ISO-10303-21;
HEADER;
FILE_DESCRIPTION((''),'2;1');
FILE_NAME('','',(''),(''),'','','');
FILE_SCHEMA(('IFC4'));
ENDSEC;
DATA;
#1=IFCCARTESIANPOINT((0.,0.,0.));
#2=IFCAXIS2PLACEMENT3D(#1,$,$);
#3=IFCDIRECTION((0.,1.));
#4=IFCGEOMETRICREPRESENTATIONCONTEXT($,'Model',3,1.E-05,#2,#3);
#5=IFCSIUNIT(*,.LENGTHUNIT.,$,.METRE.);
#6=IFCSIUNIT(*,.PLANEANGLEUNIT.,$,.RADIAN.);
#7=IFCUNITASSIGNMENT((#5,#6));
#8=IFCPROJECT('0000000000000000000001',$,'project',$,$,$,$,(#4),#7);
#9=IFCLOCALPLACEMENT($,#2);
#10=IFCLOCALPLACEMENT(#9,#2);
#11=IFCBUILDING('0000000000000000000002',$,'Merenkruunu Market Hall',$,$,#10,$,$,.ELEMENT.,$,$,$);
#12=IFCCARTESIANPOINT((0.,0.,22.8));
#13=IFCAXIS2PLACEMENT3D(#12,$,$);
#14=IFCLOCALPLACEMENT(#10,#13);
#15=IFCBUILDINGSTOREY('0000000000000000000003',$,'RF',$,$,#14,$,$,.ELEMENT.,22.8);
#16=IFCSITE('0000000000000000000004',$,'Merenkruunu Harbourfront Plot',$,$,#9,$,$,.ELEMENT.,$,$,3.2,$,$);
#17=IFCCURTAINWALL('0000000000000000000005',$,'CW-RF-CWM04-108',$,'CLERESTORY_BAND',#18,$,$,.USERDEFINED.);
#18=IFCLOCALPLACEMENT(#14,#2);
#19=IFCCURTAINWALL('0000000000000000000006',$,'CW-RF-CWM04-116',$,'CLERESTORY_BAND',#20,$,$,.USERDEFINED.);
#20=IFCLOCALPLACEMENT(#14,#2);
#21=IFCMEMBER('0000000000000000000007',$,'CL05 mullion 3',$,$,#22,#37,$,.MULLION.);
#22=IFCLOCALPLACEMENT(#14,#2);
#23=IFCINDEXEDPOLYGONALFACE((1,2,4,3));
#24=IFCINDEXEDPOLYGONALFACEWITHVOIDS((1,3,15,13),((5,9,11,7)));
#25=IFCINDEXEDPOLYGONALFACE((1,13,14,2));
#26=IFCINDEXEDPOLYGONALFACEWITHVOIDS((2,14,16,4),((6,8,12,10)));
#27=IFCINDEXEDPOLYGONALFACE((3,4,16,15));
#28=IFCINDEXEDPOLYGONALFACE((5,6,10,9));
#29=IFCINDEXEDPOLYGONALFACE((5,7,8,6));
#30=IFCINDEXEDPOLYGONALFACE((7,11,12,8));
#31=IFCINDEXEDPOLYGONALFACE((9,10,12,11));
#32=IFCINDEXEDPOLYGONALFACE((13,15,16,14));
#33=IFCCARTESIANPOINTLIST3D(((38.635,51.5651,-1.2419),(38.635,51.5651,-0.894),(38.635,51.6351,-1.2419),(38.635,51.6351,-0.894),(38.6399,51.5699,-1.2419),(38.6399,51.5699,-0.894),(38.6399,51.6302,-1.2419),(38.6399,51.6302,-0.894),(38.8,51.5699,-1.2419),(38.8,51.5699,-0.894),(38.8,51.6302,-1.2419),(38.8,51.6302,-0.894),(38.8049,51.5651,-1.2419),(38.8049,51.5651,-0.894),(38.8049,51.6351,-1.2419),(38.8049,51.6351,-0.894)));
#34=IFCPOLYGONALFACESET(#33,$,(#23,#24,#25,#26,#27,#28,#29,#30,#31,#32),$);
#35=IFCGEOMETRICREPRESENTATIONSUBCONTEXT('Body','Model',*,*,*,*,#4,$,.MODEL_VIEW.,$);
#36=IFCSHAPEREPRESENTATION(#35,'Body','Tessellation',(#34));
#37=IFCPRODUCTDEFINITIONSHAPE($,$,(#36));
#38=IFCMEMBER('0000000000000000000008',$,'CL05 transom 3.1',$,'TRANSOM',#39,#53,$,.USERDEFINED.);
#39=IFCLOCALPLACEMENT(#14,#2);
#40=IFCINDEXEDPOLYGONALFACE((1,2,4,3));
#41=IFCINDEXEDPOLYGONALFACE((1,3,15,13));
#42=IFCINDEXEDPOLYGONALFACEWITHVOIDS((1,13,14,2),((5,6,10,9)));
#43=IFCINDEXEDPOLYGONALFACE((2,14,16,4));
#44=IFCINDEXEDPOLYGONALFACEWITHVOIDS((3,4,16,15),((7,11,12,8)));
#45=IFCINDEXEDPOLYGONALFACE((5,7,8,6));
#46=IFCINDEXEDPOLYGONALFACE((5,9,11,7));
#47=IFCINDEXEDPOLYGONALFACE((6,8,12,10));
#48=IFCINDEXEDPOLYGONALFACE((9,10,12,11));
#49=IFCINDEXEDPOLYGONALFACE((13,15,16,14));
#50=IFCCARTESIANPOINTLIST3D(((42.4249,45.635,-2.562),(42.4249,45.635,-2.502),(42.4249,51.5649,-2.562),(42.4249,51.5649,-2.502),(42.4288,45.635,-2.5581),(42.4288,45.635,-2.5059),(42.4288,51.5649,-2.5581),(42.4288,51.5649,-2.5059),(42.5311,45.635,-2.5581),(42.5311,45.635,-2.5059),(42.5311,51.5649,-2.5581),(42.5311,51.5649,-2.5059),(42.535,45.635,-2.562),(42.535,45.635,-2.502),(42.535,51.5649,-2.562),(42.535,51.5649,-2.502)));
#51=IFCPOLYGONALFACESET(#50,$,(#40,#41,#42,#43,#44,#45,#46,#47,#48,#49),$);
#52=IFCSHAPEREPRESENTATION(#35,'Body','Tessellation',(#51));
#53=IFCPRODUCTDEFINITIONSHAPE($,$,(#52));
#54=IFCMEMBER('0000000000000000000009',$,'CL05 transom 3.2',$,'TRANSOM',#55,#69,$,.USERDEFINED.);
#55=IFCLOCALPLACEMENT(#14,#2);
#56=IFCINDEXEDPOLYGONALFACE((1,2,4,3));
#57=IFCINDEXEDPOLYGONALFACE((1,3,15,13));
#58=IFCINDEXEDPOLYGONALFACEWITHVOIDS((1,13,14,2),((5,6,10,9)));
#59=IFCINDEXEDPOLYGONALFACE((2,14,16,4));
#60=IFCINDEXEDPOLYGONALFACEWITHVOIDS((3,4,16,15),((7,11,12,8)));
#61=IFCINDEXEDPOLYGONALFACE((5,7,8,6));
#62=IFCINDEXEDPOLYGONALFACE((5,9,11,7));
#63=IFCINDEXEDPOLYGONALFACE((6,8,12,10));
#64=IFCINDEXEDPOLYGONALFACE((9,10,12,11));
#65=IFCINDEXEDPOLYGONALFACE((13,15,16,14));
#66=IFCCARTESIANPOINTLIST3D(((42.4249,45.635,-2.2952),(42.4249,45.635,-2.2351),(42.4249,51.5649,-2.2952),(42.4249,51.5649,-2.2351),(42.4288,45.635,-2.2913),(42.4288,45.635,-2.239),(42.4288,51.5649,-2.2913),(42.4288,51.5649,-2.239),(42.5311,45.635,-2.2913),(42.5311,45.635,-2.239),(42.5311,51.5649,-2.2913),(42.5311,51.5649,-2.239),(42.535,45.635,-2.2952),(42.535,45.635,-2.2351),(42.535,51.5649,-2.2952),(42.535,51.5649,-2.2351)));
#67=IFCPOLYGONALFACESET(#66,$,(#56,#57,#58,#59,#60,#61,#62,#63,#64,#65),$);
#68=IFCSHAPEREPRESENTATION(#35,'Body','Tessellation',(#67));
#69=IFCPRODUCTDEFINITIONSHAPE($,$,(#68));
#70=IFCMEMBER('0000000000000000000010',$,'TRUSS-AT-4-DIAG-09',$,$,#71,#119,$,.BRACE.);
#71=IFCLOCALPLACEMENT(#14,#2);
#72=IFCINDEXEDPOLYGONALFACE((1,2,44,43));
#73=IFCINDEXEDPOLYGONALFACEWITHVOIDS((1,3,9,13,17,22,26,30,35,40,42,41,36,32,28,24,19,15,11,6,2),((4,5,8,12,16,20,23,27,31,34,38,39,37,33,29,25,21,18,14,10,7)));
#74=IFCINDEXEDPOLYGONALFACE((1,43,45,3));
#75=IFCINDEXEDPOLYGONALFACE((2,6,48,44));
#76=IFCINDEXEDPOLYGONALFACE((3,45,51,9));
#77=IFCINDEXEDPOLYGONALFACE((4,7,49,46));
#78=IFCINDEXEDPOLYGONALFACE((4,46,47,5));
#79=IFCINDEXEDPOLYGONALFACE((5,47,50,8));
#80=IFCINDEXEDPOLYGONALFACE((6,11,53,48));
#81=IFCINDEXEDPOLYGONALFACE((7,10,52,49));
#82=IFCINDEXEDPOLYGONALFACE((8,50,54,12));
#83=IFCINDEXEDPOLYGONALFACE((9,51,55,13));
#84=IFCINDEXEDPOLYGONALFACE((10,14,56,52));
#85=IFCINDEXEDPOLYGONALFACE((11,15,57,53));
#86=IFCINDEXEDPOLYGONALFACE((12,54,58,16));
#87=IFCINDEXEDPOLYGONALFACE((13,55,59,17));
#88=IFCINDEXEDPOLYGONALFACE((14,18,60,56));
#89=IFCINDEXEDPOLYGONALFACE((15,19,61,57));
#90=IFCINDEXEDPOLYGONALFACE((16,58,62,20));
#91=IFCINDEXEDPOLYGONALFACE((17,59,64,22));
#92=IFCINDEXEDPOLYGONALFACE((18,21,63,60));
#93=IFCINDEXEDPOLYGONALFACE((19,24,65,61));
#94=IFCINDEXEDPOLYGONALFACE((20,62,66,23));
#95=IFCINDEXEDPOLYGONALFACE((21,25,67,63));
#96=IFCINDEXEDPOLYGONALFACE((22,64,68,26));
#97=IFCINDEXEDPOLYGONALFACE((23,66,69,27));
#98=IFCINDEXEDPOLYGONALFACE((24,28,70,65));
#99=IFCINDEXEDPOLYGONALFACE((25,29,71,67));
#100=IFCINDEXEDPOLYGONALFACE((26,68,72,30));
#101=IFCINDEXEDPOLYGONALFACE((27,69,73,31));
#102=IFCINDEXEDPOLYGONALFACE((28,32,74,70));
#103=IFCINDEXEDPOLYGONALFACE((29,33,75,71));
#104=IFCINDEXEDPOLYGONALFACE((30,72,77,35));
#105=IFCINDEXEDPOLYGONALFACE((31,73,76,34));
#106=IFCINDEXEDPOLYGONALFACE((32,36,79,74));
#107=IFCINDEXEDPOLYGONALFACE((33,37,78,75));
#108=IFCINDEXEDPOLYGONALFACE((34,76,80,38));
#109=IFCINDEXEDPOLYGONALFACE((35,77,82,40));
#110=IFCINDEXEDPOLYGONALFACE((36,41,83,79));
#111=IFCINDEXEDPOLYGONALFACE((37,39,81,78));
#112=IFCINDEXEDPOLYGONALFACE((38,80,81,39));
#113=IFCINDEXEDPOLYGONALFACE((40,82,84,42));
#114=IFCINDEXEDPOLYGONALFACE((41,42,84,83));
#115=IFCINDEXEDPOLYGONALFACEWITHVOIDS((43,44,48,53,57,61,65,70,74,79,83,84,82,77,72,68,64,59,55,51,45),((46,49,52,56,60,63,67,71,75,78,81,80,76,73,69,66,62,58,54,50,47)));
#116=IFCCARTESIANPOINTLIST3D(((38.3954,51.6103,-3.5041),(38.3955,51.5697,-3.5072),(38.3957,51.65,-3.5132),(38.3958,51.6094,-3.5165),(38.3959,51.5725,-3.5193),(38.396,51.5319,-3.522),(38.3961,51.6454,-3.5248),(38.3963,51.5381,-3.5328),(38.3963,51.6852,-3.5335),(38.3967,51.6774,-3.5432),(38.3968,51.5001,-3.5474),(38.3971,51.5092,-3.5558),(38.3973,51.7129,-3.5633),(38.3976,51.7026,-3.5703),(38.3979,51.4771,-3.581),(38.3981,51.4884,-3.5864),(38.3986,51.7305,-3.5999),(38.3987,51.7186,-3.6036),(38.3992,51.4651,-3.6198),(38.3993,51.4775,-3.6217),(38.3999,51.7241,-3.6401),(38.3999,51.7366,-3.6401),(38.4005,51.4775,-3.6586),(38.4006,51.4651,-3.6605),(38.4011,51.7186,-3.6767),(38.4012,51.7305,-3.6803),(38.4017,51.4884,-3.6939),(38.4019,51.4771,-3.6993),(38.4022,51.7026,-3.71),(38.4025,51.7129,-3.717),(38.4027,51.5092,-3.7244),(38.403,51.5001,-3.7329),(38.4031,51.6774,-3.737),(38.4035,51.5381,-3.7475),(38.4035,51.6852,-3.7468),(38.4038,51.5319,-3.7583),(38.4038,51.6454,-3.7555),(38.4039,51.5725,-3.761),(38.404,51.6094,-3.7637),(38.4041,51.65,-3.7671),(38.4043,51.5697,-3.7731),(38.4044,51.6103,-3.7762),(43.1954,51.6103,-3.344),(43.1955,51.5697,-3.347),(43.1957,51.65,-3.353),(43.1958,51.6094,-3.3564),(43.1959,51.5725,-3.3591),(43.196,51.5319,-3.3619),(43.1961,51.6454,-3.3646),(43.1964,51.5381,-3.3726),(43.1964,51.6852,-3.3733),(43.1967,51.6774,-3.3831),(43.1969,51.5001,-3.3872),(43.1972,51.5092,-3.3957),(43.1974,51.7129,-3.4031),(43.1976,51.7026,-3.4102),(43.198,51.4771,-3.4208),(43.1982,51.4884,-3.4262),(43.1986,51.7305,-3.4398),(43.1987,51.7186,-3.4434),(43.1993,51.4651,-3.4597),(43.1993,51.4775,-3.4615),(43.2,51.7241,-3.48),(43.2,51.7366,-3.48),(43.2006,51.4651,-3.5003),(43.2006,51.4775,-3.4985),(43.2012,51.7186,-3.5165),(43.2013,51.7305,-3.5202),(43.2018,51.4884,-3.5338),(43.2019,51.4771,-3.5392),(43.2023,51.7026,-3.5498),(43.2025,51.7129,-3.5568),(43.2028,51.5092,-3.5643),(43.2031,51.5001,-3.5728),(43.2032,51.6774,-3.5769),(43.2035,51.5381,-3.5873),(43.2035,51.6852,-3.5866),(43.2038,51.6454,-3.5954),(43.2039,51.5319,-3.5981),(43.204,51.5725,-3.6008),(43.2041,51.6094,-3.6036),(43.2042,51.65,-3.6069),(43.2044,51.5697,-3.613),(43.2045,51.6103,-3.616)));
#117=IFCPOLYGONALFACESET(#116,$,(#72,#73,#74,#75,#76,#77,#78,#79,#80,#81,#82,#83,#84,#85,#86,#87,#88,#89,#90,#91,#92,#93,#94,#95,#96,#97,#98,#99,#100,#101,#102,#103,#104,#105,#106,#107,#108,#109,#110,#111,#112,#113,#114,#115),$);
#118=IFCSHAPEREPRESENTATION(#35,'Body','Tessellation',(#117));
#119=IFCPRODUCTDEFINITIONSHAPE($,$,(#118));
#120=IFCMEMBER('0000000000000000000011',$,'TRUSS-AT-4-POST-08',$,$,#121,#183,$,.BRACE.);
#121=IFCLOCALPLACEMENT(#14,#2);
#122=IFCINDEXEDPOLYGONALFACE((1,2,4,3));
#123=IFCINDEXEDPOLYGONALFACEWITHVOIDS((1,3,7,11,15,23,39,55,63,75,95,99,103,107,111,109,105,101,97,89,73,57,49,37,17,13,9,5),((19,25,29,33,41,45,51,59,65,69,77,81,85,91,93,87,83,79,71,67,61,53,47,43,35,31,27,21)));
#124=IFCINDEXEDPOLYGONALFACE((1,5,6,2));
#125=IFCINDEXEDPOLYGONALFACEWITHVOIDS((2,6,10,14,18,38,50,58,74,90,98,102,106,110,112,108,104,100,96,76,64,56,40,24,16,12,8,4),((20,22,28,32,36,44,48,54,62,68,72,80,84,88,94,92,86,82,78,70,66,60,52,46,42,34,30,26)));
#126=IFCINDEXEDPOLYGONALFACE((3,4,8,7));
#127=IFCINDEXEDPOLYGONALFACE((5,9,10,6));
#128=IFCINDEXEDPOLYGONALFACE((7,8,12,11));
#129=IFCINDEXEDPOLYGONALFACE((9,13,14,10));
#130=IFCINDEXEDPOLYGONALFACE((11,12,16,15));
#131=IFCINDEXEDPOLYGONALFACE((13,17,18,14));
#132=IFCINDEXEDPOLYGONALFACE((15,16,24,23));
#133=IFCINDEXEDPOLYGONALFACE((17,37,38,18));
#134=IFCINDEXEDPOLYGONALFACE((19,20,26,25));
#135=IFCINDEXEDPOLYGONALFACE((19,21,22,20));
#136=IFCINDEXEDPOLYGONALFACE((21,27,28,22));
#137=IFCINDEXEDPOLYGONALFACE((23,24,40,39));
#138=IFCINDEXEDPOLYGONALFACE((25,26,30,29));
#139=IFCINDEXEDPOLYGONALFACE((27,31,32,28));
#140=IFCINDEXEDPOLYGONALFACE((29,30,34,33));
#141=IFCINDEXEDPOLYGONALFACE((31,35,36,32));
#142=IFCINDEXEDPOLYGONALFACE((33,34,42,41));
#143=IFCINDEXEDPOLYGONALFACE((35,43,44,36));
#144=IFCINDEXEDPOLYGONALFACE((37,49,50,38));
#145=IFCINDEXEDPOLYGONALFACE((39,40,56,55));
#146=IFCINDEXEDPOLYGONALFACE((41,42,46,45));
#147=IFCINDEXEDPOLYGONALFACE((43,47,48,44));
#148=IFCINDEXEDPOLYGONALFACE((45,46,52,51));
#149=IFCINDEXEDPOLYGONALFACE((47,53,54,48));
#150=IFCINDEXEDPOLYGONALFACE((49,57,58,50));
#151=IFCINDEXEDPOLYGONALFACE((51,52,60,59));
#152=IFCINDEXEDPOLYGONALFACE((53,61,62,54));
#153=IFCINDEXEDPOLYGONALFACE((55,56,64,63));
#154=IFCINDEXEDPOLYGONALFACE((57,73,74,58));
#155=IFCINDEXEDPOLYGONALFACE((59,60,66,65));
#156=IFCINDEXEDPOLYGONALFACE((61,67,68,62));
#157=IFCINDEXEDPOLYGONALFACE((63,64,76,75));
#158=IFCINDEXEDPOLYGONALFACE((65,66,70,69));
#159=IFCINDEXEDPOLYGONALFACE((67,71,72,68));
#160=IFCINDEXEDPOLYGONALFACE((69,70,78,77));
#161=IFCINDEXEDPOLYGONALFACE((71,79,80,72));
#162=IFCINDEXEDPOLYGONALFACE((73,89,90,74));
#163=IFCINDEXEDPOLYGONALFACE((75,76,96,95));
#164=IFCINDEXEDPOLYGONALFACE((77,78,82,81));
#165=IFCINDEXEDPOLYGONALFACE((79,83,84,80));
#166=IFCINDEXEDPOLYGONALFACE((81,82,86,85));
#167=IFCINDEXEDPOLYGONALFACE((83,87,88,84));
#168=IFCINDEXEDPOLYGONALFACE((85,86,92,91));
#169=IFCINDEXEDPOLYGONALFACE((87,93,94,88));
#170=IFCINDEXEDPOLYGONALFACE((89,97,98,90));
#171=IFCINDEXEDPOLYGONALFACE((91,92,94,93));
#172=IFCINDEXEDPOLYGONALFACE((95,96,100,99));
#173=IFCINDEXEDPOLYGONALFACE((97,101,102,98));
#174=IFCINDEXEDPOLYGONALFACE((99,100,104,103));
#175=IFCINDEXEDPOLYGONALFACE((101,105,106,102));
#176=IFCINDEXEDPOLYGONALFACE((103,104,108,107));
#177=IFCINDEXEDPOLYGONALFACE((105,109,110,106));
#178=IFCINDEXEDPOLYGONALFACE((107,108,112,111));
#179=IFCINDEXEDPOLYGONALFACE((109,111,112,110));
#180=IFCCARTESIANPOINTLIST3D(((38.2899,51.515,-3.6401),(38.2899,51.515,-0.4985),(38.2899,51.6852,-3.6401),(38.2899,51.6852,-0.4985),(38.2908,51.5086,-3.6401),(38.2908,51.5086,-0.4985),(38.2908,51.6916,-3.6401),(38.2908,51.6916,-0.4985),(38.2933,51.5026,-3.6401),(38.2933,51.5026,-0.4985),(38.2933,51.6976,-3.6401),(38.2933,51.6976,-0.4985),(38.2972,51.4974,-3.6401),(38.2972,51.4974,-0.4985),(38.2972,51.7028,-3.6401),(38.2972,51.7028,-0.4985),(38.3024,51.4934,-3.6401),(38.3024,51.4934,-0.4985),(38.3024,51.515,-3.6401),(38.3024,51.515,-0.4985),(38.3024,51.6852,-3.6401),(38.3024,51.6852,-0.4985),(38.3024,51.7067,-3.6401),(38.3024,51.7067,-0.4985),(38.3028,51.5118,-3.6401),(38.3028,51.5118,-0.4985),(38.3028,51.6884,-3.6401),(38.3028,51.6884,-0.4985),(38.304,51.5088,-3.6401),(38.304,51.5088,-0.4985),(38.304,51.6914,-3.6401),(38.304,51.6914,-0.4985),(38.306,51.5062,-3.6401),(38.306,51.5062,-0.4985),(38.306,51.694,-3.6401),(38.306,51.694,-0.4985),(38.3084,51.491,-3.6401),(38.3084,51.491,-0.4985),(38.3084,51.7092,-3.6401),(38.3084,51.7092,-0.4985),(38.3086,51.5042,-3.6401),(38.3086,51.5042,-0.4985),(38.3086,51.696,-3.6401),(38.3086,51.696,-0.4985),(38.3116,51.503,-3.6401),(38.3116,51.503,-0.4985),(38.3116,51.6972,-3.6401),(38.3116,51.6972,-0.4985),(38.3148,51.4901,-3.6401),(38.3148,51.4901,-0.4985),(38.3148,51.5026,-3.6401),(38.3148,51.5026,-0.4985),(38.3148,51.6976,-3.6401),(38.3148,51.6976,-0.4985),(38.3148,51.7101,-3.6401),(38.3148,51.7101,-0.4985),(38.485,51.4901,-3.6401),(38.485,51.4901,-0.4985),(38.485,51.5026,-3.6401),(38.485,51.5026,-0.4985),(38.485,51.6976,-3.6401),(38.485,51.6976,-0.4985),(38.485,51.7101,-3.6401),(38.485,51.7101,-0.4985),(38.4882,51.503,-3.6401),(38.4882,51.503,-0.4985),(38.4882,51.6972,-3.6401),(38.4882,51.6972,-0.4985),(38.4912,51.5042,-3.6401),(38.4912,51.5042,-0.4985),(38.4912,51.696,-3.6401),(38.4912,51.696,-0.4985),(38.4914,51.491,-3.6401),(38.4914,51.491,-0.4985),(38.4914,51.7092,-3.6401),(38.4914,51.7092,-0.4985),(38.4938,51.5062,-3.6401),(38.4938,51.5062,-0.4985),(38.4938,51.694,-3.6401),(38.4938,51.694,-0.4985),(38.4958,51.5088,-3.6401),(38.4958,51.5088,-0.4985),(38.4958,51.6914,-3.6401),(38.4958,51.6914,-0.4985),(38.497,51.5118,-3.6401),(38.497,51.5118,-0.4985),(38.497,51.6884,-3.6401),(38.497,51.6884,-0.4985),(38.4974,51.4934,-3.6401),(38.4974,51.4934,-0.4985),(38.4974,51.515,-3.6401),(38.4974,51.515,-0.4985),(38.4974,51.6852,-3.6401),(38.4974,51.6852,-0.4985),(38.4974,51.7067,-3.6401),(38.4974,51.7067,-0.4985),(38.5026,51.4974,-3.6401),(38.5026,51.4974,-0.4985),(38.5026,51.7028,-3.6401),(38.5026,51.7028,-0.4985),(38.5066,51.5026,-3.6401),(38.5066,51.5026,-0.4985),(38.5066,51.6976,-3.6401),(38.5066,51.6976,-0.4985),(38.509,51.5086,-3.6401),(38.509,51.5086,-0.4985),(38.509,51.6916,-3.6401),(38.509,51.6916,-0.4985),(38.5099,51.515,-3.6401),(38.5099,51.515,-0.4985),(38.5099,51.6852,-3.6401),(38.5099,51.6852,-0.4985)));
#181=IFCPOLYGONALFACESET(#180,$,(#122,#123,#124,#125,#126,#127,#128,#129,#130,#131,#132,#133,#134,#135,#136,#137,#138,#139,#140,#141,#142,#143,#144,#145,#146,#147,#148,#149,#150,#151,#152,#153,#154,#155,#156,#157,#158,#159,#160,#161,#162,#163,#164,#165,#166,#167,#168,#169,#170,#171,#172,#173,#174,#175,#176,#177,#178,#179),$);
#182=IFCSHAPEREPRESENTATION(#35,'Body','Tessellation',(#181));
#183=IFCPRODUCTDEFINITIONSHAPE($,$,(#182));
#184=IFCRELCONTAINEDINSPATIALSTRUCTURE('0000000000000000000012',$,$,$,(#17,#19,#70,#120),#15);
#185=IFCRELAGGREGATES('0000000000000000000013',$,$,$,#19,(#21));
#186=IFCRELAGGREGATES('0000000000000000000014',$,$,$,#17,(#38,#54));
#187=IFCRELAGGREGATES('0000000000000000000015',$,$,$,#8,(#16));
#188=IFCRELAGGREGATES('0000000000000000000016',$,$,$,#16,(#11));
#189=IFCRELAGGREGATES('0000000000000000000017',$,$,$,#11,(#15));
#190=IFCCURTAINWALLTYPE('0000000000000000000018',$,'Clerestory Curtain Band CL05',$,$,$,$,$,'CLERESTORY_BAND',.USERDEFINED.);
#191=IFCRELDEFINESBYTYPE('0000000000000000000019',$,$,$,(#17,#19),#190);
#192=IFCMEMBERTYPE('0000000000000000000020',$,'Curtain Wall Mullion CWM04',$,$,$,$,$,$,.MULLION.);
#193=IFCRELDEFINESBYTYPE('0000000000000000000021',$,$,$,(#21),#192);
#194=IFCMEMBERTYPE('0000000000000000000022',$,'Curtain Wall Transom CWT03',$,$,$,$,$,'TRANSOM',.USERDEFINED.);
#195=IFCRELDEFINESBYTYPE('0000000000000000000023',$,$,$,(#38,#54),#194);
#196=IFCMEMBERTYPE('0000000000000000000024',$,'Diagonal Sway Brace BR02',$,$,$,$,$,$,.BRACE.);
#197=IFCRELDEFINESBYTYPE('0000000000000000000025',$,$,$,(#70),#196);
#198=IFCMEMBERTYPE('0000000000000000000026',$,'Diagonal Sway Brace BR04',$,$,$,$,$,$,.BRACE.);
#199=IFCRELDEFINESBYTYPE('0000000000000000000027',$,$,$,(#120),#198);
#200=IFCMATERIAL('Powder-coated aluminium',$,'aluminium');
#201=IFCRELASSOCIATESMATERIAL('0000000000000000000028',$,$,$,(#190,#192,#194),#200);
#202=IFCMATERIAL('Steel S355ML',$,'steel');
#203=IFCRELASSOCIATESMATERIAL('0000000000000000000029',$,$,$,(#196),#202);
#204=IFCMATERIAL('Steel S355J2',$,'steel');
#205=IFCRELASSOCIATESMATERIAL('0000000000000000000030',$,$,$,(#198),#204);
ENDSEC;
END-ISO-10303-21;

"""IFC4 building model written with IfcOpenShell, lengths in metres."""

from ifc_helpers import new_model, si_unit, direction, frame, origin, origin_2d, place, context, subcontext, project, spatial, hollow_rectangle, hollow_circle, extrude, material, material_profile, profile_set, type_object, element, aggregate, save


model = new_model("IFC4")

# Units and contexts
model_context = context("Model", 3, precision=1e-05, world=origin(), true_north=direction((0.0, 1.0)))
body_context = subcontext(model_context, "Body", "Model", "MODEL_VIEW")
ifc_project = project(units=[si_unit("LENGTHUNIT", "METRE"), si_unit("PLANEANGLEUNIT", "RADIAN")], contexts=[model_context])

# Site, building, storey
site_placement = place(None, origin())
site = spatial("IfcSite", under=ifc_project, at=site_placement, Name="Merenkruunu Harbourfront Plot", CompositionType="ELEMENT", RefElevation=3.2)
building_placement = place(site_placement, origin())
building = spatial("IfcBuilding", under=site, at=building_placement, Name="Merenkruunu Market Hall", CompositionType="ELEMENT")
storey_placement = place(building_placement, frame((0.0, 0.0, 22.8)))
storey = spatial("IfcBuildingStorey", under=building, at=storey_placement, Name="RF", CompositionType="ELEMENT", Elevation=22.8)

# Shared definitions
ifc_material_1 = material(Name="Steel S355ML", Category="steel")

# Curtain walls, member
ifc_material_2 = material(Name="Powder-coated aluminium", Category="aluminium")
curtain_wall_type = type_object("IfcCurtainWallType", Name="Clerestory Curtain Band CL05", ElementType="CLERESTORY_BAND", PredefinedType="USERDEFINED", material=ifc_material_2)
curtain_wall_1_placement = place(storey_placement, origin())
curtain_wall_1 = element("IfcCurtainWall", 1, at=curtain_wall_1_placement, inside=storey, type_object=curtain_wall_type, Name="CW-RF-CWM04-108", ObjectType="CLERESTORY_BAND", PredefinedType="USERDEFINED")
ifc_material_profile_1 = material_profile(ifc_material_2, hollow_rectangle(XDim=0.0701, YDim=0.1699, WallThickness=0.0049, at=origin_2d()), Name="ALU 70x170x5")
ifc_profile_set_1 = profile_set([ifc_material_profile_1], Name="Powder-coated aluminium")
member_type_1 = type_object("IfcMemberType", Name="Curtain Wall Mullion CWM04", PredefinedType="MULLION", material=ifc_profile_set_1)
curtain_wall_2_placement = place(storey_placement, origin())
curtain_wall_2 = element("IfcCurtainWall", 2, at=curtain_wall_2_placement, inside=storey, type_object=curtain_wall_type, Name="CW-RF-CWM04-116", ObjectType="CLERESTORY_BAND", PredefinedType="USERDEFINED")
member_1_placement = place(storey_placement, frame((38.72, 51.6001, -1.2419), z_axis=(0.0, 0.0, 1.0), x_axis=(0.0, -1.0, 0.0)))
member_1 = element("IfcMember", 3, at=member_1_placement, type_object=member_type_1, Name="CL05 mullion 3", PredefinedType="MULLION", context=body_context, shape_type="SweptSolid", body=[
    extrude(hollow_rectangle(XDim=0.0701, YDim=0.1699, WallThickness=0.0049, at=origin_2d()), origin(), (0.0, 0.0, 1.0), 0.3479),
])
aggregate(curtain_wall_2, [member_1])

# Members
ifc_material_profile_2 = material_profile(ifc_material_2, hollow_rectangle(XDim=0.0601, YDim=0.1101, WallThickness=0.0039, at=origin_2d()), Name="ALU 60x110x4")
ifc_profile_set_2 = profile_set([ifc_material_profile_2], Name="Powder-coated aluminium")
member_type_2 = type_object("IfcMemberType", Name="Curtain Wall Transom CWT03", ElementType="TRANSOM", PredefinedType="USERDEFINED", material=ifc_profile_set_2)
member_2_placement = place(storey_placement, frame((42.48, 51.5649, -2.532), z_axis=(0.0, -1.0, 0.0), x_axis=(0.0, 0.0, 1.0)))
member_2 = element("IfcMember", 4, at=member_2_placement, type_object=member_type_2, Name="CL05 transom 3.1", ObjectType="TRANSOM", PredefinedType="USERDEFINED", context=body_context, shape_type="SweptSolid", body=[
    extrude(hollow_rectangle(XDim=0.0601, YDim=0.1101, WallThickness=0.0039, at=origin_2d()), origin(), (0.0, 0.0, 1.0), 5.9299),
])
member_3_placement = place(storey_placement, frame((42.48, 51.5649, -2.2651), z_axis=(0.0, -1.0, 0.0), x_axis=(0.0, 0.0, 1.0)))
member_3 = element("IfcMember", 5, at=member_3_placement, type_object=member_type_2, Name="CL05 transom 3.2", ObjectType="TRANSOM", PredefinedType="USERDEFINED", context=body_context, shape_type="SweptSolid", body=[
    extrude(hollow_rectangle(XDim=0.0601, YDim=0.1101, WallThickness=0.0039, at=origin_2d()), origin(), (0.0, 0.0, 1.0), 5.9299),
])
aggregate(curtain_wall_1, [member_2, member_3])

# Members
ifc_material_profile_3 = material_profile(ifc_material_1, hollow_circle(Radius=0.1365, WallThickness=0.0125, at=origin_2d()), Name="CHS 273x12.5")
ifc_profile_set_3 = profile_set([ifc_material_profile_3], Name="Steel S355ML")
member_type_3 = type_object("IfcMemberType", Name="Diagonal Sway Brace BR02", PredefinedType="BRACE", material=ifc_profile_set_3)
member_4_placement = place(storey_placement, frame((38.3999, 51.6001, -3.6401), z_axis=(0.999444, 0.0, 0.033347), x_axis=(0.0, 1.0, 0.0)))
element("IfcMember", 6, at=member_4_placement, inside=storey, type_object=member_type_3, Name="TRUSS-AT-4-DIAG-09", PredefinedType="BRACE", context=body_context, shape_type="SweptSolid", body=[
    extrude(hollow_circle(Radius=0.1365, WallThickness=0.0125, at=origin_2d()), origin(), (0.0, 0.0, 1.0), 4.8027),
])
ifc_material_3 = material(Name="Steel S355J2", Category="steel")
ifc_material_profile_4 = material_profile(ifc_material_3, hollow_rectangle(XDim=0.22, YDim=0.22, WallThickness=0.0125, InnerFilletRadius=0.0125, OuterFilletRadius=0.0249, at=origin_2d()), Name="SHS 220x220x12.5")
ifc_profile_set_4 = profile_set([ifc_material_profile_4], Name="Steel S355J2")
member_type_4 = type_object("IfcMemberType", Name="Diagonal Sway Brace BR04", PredefinedType="BRACE", material=ifc_profile_set_4)
member_5_placement = place(storey_placement, frame((38.3999, 51.6001, -3.6401), z_axis=(0.0, 0.0, 1.0), x_axis=(1.0, 0.0, 0.0)))
element("IfcMember", 7, at=member_5_placement, inside=storey, type_object=member_type_4, Name="TRUSS-AT-4-POST-08", PredefinedType="BRACE", context=body_context, shape_type="SweptSolid", body=[
    extrude(hollow_rectangle(XDim=0.22, YDim=0.22, WallThickness=0.0125, InnerFilletRadius=0.0125, OuterFilletRadius=0.0249, at=origin_2d()), origin(), (0.0, 0.0, 1.0), 3.1416),
])

save(model, "model.ifc")
